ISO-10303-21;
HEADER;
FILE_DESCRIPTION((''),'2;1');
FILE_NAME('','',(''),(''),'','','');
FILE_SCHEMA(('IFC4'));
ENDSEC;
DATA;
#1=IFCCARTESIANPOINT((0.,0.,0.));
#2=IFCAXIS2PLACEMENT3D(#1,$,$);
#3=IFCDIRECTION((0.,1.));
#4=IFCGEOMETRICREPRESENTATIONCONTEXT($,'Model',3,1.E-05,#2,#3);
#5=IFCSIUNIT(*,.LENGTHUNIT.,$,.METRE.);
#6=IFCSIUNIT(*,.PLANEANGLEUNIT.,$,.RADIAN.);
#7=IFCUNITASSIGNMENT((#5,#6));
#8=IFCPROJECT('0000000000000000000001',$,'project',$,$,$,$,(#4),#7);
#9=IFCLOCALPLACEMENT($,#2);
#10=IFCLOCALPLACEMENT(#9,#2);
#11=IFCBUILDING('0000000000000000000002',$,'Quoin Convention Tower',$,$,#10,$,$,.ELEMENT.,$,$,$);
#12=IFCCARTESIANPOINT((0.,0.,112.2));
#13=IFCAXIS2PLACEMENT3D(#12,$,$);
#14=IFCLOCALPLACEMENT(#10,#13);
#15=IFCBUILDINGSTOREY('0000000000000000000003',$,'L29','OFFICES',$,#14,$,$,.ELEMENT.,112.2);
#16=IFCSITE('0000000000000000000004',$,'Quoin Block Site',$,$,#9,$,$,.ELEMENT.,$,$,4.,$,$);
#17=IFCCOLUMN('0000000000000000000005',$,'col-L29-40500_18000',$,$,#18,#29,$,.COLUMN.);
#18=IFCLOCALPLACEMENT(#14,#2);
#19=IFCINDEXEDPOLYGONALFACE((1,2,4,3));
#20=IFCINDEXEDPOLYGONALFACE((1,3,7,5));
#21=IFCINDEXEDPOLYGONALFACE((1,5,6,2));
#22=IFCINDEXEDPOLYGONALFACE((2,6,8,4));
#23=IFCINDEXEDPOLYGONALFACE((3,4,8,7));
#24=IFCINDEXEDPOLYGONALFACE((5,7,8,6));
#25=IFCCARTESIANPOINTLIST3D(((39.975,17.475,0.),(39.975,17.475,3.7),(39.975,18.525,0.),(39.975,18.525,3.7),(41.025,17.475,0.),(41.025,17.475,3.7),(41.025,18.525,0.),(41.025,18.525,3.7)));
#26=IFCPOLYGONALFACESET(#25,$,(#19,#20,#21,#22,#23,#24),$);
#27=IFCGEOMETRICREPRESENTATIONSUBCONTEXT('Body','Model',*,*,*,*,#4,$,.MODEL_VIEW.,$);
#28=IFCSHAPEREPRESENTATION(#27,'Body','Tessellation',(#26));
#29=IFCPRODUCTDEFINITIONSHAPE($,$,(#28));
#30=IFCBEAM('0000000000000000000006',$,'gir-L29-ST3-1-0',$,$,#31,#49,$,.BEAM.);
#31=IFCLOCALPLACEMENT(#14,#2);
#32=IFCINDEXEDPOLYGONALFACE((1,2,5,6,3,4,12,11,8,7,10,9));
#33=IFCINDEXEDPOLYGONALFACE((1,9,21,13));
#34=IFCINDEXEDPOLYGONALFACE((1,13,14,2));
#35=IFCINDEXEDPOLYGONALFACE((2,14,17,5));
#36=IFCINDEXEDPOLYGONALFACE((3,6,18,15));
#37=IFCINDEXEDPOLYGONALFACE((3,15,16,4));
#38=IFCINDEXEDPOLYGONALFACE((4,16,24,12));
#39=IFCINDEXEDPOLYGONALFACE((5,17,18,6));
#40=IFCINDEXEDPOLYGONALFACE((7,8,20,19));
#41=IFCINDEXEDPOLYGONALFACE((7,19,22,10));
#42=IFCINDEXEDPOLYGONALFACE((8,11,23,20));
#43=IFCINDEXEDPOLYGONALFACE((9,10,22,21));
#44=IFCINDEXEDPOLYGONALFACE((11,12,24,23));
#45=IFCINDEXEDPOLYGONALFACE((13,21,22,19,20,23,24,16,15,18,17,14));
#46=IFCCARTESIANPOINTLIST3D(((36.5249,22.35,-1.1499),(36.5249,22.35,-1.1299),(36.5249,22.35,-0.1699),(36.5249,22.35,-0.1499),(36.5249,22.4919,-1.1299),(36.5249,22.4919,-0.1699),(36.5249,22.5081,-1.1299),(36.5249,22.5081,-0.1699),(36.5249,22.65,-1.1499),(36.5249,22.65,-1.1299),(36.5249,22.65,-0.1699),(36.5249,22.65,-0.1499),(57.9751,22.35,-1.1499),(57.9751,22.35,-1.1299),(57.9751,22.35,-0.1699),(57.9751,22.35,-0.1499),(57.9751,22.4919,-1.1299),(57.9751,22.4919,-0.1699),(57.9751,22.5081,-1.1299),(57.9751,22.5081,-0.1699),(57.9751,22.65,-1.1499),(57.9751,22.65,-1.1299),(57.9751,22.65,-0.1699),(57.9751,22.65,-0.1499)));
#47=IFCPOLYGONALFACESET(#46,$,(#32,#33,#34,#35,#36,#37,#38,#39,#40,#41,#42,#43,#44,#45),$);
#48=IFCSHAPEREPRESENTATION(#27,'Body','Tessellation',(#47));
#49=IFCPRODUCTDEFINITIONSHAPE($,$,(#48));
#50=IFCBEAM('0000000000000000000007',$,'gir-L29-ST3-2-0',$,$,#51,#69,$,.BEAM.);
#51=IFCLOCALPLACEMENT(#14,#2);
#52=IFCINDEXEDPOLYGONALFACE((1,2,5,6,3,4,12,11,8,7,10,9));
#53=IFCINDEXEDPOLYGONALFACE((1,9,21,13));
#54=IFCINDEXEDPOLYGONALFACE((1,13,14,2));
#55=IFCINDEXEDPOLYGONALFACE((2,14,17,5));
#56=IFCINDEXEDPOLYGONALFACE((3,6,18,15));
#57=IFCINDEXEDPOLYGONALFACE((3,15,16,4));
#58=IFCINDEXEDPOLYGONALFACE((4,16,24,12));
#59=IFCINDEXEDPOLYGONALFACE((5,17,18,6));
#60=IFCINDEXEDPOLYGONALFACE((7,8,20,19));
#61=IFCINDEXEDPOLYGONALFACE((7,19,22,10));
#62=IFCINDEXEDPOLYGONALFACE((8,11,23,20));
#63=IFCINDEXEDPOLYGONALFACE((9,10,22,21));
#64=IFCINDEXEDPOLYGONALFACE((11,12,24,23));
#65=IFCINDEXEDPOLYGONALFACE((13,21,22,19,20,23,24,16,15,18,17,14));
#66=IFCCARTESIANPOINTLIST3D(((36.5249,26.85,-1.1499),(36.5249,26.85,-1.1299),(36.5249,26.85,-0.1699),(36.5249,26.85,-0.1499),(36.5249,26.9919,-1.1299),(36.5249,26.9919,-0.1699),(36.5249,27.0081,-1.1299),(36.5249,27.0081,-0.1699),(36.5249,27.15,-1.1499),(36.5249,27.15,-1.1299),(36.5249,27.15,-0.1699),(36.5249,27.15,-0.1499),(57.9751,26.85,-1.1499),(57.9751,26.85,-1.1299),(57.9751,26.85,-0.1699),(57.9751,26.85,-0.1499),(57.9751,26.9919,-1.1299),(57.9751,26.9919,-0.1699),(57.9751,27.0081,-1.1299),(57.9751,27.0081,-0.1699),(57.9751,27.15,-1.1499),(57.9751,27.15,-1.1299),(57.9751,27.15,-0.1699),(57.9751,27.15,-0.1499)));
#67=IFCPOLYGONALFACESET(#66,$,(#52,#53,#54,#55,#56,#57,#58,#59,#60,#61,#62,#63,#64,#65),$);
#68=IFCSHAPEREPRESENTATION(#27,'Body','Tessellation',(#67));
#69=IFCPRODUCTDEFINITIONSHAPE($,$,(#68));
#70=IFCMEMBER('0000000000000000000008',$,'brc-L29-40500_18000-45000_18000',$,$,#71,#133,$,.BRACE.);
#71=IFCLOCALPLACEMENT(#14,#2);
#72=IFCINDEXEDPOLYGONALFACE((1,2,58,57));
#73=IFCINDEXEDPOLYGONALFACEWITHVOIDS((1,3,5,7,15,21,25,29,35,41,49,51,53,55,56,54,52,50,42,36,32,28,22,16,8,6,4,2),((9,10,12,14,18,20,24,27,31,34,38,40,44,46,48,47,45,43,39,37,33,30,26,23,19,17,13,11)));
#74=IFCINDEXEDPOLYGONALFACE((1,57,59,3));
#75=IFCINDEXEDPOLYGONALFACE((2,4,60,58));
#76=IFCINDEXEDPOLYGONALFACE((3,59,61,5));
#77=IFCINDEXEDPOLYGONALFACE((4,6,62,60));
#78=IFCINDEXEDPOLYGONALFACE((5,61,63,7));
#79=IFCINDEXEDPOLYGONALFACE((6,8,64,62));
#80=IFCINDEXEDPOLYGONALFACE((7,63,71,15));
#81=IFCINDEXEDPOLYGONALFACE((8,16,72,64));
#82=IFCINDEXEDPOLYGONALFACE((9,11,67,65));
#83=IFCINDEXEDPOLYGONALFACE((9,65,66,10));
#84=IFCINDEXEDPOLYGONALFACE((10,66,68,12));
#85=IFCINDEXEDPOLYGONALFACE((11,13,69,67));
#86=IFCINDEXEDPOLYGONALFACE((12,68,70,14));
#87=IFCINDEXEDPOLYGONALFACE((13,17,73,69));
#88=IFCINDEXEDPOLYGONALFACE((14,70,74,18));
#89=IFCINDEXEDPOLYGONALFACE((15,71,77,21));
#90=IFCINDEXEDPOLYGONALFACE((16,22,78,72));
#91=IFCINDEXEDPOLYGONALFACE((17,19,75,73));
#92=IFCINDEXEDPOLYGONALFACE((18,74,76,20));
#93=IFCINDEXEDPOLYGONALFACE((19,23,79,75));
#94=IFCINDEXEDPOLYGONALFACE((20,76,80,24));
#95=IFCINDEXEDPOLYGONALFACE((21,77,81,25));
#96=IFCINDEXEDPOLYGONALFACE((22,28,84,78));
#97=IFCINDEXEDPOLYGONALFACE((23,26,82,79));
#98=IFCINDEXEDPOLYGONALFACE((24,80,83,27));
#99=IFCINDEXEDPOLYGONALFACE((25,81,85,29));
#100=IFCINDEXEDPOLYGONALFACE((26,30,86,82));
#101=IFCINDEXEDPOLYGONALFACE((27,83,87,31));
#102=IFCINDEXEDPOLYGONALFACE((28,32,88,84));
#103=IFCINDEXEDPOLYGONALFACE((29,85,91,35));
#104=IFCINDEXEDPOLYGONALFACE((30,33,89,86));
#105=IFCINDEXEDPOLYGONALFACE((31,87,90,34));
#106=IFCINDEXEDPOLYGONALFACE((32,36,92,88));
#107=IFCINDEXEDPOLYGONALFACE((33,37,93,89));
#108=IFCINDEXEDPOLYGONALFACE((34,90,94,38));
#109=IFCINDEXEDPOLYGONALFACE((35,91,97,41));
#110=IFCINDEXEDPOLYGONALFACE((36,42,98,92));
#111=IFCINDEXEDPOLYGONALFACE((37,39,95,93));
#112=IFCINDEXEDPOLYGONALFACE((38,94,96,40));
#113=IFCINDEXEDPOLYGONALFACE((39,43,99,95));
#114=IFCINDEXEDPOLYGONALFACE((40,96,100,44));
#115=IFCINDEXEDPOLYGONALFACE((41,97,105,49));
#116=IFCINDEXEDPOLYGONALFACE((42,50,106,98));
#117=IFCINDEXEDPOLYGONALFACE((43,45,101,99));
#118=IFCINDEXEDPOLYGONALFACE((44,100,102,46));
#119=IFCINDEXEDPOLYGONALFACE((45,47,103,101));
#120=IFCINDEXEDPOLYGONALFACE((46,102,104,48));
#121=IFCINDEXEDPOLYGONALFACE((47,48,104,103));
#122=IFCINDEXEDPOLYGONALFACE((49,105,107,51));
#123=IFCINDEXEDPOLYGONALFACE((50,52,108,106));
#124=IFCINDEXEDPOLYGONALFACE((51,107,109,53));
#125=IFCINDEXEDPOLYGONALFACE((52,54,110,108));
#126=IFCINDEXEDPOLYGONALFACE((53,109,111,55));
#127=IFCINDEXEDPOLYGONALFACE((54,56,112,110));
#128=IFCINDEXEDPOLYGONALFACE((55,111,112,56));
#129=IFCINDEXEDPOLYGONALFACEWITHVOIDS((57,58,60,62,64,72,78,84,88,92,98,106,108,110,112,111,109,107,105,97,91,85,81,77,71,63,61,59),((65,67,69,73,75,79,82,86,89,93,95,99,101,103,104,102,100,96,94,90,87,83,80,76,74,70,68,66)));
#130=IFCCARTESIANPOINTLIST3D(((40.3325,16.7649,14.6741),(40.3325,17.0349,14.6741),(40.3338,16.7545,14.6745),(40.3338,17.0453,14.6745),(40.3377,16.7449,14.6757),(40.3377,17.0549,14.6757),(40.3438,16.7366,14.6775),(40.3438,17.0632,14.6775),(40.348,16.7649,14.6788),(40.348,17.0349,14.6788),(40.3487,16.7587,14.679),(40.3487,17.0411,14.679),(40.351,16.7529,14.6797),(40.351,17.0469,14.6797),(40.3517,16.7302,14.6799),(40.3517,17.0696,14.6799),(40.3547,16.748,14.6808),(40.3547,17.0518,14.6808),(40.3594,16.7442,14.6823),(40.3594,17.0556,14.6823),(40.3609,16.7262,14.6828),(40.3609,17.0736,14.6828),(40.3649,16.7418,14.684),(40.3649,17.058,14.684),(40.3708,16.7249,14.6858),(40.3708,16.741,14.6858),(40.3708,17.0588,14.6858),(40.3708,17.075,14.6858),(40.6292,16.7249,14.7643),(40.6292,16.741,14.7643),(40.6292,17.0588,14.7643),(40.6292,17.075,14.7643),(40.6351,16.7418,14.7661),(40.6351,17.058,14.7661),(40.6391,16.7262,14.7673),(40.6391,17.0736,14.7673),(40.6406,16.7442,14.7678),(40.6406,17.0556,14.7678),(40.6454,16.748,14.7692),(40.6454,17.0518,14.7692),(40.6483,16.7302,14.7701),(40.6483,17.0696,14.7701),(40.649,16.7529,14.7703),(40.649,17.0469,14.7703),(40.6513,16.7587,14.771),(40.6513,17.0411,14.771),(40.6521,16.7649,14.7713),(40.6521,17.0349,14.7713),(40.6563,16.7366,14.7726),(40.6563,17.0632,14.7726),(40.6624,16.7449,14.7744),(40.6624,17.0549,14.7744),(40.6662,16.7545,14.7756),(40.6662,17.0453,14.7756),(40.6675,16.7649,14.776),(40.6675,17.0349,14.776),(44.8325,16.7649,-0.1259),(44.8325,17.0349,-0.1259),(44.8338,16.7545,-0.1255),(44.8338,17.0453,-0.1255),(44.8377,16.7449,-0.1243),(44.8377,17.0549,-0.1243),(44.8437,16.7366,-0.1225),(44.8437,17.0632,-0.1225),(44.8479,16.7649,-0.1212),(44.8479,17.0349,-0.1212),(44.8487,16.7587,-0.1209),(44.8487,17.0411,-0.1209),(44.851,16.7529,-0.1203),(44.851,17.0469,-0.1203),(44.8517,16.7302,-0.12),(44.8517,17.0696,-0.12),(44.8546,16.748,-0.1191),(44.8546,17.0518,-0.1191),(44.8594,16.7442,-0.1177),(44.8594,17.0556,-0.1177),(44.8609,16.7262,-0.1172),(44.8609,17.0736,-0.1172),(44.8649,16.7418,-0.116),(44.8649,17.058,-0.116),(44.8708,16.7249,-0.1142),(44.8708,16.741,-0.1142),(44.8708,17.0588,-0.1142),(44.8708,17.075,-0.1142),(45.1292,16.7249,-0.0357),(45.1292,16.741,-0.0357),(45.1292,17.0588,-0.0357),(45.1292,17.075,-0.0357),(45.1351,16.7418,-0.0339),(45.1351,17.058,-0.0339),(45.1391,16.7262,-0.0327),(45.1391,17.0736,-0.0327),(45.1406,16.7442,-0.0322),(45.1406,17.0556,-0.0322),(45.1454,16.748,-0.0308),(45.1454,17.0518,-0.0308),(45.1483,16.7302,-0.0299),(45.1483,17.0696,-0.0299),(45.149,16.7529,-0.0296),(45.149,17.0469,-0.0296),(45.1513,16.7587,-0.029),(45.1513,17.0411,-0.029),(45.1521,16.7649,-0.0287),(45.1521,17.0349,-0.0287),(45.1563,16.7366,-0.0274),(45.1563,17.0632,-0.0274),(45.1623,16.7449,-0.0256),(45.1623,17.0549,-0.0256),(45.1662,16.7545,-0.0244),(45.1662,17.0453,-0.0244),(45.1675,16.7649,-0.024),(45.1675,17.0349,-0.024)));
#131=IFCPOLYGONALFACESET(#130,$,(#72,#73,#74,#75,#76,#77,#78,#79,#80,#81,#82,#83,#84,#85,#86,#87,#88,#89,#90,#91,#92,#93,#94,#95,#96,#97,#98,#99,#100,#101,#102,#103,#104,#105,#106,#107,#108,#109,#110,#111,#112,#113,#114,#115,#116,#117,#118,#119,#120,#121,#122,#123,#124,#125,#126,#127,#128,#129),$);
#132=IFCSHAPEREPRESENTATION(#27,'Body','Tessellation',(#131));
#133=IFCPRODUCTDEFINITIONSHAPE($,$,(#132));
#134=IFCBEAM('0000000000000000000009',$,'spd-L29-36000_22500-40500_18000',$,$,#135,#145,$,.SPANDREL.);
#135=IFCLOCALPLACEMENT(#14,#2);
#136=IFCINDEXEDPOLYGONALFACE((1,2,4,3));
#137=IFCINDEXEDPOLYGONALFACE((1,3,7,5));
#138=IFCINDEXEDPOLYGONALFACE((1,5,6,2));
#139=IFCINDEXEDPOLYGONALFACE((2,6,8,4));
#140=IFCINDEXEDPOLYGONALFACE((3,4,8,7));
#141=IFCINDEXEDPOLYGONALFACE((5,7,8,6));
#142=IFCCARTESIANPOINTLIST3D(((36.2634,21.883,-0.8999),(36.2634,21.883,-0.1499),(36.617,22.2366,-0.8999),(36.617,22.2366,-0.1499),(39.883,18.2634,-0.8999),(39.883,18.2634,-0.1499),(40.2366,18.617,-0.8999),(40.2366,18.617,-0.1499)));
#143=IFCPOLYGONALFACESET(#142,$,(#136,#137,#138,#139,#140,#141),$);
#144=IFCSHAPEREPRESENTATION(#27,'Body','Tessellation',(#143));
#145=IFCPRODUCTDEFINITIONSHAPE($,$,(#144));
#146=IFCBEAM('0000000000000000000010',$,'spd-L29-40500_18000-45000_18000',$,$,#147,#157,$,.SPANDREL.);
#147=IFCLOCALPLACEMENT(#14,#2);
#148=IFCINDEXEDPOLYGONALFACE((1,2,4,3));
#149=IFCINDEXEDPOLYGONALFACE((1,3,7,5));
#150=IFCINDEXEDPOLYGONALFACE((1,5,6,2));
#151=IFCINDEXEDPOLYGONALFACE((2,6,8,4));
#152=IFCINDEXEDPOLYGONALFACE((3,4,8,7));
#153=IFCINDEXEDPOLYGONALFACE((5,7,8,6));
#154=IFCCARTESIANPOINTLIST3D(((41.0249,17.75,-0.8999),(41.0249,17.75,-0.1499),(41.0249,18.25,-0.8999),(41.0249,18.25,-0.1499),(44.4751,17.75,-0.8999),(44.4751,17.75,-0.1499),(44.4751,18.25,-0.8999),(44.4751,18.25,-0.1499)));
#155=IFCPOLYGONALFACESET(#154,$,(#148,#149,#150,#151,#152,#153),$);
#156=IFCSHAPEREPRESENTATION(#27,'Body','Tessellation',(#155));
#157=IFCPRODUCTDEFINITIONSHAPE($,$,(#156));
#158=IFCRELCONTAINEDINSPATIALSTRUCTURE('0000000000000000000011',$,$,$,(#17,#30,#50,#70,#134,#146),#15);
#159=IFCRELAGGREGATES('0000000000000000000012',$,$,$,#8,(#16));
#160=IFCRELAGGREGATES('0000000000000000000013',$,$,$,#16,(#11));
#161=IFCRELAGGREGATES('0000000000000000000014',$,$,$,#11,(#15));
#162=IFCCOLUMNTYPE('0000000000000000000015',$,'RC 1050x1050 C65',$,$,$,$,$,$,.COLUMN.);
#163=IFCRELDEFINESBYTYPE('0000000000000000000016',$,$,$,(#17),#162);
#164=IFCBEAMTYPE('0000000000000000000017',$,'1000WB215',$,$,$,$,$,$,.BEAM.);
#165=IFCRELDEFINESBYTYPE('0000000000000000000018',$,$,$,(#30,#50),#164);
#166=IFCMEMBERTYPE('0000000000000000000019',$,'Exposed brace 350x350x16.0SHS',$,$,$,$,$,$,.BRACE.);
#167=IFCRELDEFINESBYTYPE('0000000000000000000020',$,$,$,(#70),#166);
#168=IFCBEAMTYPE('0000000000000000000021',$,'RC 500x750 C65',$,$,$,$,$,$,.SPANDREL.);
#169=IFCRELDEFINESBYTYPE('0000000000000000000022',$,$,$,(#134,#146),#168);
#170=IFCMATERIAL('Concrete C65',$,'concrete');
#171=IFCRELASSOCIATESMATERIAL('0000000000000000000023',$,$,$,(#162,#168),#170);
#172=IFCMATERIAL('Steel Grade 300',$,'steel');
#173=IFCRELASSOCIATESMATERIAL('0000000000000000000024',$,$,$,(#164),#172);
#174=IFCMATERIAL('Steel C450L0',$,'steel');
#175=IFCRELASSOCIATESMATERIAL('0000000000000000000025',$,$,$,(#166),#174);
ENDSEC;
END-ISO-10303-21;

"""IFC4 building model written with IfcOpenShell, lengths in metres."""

from ifc_helpers import new_model, si_unit, direction, frame, origin, origin_2d, place, context, subcontext, project, spatial, rectangle, hollow_rectangle, i_section, extrude, material, material_profile, profile_set, type_object, element, save


model = new_model("IFC4")

# Units and contexts
model_context = context("Model", 3, precision=1e-05, world=origin(), true_north=direction((0.0, 1.0)))
body_context = subcontext(model_context, "Body", "Model", "MODEL_VIEW")
ifc_project = project(units=[si_unit("LENGTHUNIT", "METRE"), si_unit("PLANEANGLEUNIT", "RADIAN")], contexts=[model_context])

# Site, building, storey
site_placement = place(None, origin())
site = spatial("IfcSite", under=ifc_project, at=site_placement, Name="Quoin Block Site", CompositionType="ELEMENT", RefElevation=4.0)
building_placement = place(site_placement, origin())
building = spatial("IfcBuilding", under=site, at=building_placement, Name="Quoin Convention Tower", CompositionType="ELEMENT")
storey_placement = place(building_placement, frame((0.0, 0.0, 112.2)))
storey = spatial("IfcBuildingStorey", under=building, at=storey_placement, Name="L29", Description="OFFICES", CompositionType="ELEMENT", Elevation=112.2)

# Column
ifc_material_1 = material(Name="Concrete C65", Category="concrete")
ifc_material_profile_1 = material_profile(ifc_material_1, rectangle(XDim=1.05, YDim=1.05, at=origin_2d()), Name="RC 1050x1050")
ifc_profile_set_1 = profile_set([ifc_material_profile_1], Name="Concrete C65")
column_type = type_object("IfcColumnType", Name="RC 1050x1050 C65", PredefinedType="COLUMN", material=ifc_profile_set_1)
column_placement = place(storey_placement, frame((40.5, 18.0, 0.0), z_axis=(0.0, 0.0, 1.0), x_axis=(1.0, 0.0, 0.0)))
element("IfcColumn", 1, at=column_placement, inside=storey, type_object=column_type, Name="col-L29-40500_18000", PredefinedType="COLUMN", context=body_context, shape_type="SweptSolid", body=[
    extrude(rectangle(XDim=1.05, YDim=1.05, at=origin_2d()), origin(), (0.0, 0.0, 1.0), 3.7),
])

# Beams
ifc_material_2 = material(Name="Steel Grade 300", Category="steel")
ifc_material_profile_2 = material_profile(ifc_material_2, i_section(OverallWidth=0.3, OverallDepth=1.0, WebThickness=0.0161, FlangeThickness=0.02, at=origin_2d()), Name="1000WB215")
ifc_profile_set_2 = profile_set([ifc_material_profile_2], Name="Steel Grade 300")
beam_type_1 = type_object("IfcBeamType", Name="1000WB215", PredefinedType="BEAM", material=ifc_profile_set_2)
for number, where, z_axis, x_axis, name in (
    (2, (36.5249, 22.5, -0.6499), (1.0, 0.0, 0.0), (0.0, 1.0, 0.0), "gir-L29-ST3-1-0"),
    (3, (36.5249, 27.0, -0.6499), (1.0, 0.0, 0.0), (0.0, 1.0, 0.0), "gir-L29-ST3-2-0"),
):
    element("IfcBeam", number, at=place(storey_placement, frame(where, z_axis=z_axis, x_axis=x_axis)), inside=storey, type_object=beam_type_1, Name=name, PredefinedType="BEAM", context=body_context, shape_type="SweptSolid", body=[
        extrude(i_section(OverallWidth=0.3, OverallDepth=1.0, WebThickness=0.0161, FlangeThickness=0.02, at=origin_2d()), origin(), (0.0, 0.0, 1.0), 21.4502),
    ])

# Member
ifc_material_3 = material(Name="Steel C450L0", Category="steel")
ifc_material_profile_3 = material_profile(ifc_material_3, hollow_rectangle(XDim=0.3501, YDim=0.3501, WallThickness=0.0161, InnerFilletRadius=0.0239, OuterFilletRadius=0.04, at=origin_2d()), Name="350x350x16.0SHS")
ifc_profile_set_3 = profile_set([ifc_material_profile_3], Name="Steel C450L0")
member_type = type_object("IfcMemberType", Name="Exposed brace 350x350x16.0SHS", PredefinedType="BRACE", material=ifc_profile_set_3)
member_placement = place(storey_placement, frame((45.0, 16.8999, -0.075), z_axis=(-0.290903, 0.0, 0.956752), x_axis=(0.0, -1.0, 0.0)))
element("IfcMember", 4, at=member_placement, inside=storey, type_object=member_type, Name="brc-L29-40500_18000-45000_18000", PredefinedType="BRACE", context=body_context, shape_type="SweptSolid", body=[
    extrude(hollow_rectangle(XDim=0.3501, YDim=0.3501, WallThickness=0.0161, InnerFilletRadius=0.0239, OuterFilletRadius=0.04, at=origin_2d()), origin(), (0.0, 0.0, 1.0), 15.469),
])

# Beams
ifc_material_profile_4 = material_profile(ifc_material_1, rectangle(XDim=0.5, YDim=0.75, at=origin_2d()), Name="RC 500x750")
ifc_profile_set_4 = profile_set([ifc_material_profile_4], Name="Concrete C65")
beam_type_2 = type_object("IfcBeamType", Name="RC 500x750 C65", PredefinedType="SPANDREL", material=ifc_profile_set_4)
beam_1_placement = place(storey_placement, frame((36.4402, 22.0598, -0.5249), z_axis=(0.707107, -0.707107, 0.0), x_axis=(0.707107, 0.707107, 0.0)))
element("IfcBeam", 5, at=beam_1_placement, inside=storey, type_object=beam_type_2, Name="spd-L29-36000_22500-40500_18000", PredefinedType="SPANDREL", context=body_context, shape_type="SweptSolid", body=[
    extrude(rectangle(XDim=0.5, YDim=0.75, at=origin_2d()), origin(), (0.0, 0.0, 1.0), 5.1189),
])
beam_2_placement = place(storey_placement, frame((41.0249, 18.0, -0.5249), z_axis=(1.0, 0.0, 0.0), x_axis=(0.0, 1.0, 0.0)))
element("IfcBeam", 6, at=beam_2_placement, inside=storey, type_object=beam_type_2, Name="spd-L29-40500_18000-45000_18000", PredefinedType="SPANDREL", context=body_context, shape_type="SweptSolid", body=[
    extrude(rectangle(XDim=0.5, YDim=0.75, at=origin_2d()), origin(), (0.0, 0.0, 1.0), 3.4502),
])

save(model, "model.ifc")
